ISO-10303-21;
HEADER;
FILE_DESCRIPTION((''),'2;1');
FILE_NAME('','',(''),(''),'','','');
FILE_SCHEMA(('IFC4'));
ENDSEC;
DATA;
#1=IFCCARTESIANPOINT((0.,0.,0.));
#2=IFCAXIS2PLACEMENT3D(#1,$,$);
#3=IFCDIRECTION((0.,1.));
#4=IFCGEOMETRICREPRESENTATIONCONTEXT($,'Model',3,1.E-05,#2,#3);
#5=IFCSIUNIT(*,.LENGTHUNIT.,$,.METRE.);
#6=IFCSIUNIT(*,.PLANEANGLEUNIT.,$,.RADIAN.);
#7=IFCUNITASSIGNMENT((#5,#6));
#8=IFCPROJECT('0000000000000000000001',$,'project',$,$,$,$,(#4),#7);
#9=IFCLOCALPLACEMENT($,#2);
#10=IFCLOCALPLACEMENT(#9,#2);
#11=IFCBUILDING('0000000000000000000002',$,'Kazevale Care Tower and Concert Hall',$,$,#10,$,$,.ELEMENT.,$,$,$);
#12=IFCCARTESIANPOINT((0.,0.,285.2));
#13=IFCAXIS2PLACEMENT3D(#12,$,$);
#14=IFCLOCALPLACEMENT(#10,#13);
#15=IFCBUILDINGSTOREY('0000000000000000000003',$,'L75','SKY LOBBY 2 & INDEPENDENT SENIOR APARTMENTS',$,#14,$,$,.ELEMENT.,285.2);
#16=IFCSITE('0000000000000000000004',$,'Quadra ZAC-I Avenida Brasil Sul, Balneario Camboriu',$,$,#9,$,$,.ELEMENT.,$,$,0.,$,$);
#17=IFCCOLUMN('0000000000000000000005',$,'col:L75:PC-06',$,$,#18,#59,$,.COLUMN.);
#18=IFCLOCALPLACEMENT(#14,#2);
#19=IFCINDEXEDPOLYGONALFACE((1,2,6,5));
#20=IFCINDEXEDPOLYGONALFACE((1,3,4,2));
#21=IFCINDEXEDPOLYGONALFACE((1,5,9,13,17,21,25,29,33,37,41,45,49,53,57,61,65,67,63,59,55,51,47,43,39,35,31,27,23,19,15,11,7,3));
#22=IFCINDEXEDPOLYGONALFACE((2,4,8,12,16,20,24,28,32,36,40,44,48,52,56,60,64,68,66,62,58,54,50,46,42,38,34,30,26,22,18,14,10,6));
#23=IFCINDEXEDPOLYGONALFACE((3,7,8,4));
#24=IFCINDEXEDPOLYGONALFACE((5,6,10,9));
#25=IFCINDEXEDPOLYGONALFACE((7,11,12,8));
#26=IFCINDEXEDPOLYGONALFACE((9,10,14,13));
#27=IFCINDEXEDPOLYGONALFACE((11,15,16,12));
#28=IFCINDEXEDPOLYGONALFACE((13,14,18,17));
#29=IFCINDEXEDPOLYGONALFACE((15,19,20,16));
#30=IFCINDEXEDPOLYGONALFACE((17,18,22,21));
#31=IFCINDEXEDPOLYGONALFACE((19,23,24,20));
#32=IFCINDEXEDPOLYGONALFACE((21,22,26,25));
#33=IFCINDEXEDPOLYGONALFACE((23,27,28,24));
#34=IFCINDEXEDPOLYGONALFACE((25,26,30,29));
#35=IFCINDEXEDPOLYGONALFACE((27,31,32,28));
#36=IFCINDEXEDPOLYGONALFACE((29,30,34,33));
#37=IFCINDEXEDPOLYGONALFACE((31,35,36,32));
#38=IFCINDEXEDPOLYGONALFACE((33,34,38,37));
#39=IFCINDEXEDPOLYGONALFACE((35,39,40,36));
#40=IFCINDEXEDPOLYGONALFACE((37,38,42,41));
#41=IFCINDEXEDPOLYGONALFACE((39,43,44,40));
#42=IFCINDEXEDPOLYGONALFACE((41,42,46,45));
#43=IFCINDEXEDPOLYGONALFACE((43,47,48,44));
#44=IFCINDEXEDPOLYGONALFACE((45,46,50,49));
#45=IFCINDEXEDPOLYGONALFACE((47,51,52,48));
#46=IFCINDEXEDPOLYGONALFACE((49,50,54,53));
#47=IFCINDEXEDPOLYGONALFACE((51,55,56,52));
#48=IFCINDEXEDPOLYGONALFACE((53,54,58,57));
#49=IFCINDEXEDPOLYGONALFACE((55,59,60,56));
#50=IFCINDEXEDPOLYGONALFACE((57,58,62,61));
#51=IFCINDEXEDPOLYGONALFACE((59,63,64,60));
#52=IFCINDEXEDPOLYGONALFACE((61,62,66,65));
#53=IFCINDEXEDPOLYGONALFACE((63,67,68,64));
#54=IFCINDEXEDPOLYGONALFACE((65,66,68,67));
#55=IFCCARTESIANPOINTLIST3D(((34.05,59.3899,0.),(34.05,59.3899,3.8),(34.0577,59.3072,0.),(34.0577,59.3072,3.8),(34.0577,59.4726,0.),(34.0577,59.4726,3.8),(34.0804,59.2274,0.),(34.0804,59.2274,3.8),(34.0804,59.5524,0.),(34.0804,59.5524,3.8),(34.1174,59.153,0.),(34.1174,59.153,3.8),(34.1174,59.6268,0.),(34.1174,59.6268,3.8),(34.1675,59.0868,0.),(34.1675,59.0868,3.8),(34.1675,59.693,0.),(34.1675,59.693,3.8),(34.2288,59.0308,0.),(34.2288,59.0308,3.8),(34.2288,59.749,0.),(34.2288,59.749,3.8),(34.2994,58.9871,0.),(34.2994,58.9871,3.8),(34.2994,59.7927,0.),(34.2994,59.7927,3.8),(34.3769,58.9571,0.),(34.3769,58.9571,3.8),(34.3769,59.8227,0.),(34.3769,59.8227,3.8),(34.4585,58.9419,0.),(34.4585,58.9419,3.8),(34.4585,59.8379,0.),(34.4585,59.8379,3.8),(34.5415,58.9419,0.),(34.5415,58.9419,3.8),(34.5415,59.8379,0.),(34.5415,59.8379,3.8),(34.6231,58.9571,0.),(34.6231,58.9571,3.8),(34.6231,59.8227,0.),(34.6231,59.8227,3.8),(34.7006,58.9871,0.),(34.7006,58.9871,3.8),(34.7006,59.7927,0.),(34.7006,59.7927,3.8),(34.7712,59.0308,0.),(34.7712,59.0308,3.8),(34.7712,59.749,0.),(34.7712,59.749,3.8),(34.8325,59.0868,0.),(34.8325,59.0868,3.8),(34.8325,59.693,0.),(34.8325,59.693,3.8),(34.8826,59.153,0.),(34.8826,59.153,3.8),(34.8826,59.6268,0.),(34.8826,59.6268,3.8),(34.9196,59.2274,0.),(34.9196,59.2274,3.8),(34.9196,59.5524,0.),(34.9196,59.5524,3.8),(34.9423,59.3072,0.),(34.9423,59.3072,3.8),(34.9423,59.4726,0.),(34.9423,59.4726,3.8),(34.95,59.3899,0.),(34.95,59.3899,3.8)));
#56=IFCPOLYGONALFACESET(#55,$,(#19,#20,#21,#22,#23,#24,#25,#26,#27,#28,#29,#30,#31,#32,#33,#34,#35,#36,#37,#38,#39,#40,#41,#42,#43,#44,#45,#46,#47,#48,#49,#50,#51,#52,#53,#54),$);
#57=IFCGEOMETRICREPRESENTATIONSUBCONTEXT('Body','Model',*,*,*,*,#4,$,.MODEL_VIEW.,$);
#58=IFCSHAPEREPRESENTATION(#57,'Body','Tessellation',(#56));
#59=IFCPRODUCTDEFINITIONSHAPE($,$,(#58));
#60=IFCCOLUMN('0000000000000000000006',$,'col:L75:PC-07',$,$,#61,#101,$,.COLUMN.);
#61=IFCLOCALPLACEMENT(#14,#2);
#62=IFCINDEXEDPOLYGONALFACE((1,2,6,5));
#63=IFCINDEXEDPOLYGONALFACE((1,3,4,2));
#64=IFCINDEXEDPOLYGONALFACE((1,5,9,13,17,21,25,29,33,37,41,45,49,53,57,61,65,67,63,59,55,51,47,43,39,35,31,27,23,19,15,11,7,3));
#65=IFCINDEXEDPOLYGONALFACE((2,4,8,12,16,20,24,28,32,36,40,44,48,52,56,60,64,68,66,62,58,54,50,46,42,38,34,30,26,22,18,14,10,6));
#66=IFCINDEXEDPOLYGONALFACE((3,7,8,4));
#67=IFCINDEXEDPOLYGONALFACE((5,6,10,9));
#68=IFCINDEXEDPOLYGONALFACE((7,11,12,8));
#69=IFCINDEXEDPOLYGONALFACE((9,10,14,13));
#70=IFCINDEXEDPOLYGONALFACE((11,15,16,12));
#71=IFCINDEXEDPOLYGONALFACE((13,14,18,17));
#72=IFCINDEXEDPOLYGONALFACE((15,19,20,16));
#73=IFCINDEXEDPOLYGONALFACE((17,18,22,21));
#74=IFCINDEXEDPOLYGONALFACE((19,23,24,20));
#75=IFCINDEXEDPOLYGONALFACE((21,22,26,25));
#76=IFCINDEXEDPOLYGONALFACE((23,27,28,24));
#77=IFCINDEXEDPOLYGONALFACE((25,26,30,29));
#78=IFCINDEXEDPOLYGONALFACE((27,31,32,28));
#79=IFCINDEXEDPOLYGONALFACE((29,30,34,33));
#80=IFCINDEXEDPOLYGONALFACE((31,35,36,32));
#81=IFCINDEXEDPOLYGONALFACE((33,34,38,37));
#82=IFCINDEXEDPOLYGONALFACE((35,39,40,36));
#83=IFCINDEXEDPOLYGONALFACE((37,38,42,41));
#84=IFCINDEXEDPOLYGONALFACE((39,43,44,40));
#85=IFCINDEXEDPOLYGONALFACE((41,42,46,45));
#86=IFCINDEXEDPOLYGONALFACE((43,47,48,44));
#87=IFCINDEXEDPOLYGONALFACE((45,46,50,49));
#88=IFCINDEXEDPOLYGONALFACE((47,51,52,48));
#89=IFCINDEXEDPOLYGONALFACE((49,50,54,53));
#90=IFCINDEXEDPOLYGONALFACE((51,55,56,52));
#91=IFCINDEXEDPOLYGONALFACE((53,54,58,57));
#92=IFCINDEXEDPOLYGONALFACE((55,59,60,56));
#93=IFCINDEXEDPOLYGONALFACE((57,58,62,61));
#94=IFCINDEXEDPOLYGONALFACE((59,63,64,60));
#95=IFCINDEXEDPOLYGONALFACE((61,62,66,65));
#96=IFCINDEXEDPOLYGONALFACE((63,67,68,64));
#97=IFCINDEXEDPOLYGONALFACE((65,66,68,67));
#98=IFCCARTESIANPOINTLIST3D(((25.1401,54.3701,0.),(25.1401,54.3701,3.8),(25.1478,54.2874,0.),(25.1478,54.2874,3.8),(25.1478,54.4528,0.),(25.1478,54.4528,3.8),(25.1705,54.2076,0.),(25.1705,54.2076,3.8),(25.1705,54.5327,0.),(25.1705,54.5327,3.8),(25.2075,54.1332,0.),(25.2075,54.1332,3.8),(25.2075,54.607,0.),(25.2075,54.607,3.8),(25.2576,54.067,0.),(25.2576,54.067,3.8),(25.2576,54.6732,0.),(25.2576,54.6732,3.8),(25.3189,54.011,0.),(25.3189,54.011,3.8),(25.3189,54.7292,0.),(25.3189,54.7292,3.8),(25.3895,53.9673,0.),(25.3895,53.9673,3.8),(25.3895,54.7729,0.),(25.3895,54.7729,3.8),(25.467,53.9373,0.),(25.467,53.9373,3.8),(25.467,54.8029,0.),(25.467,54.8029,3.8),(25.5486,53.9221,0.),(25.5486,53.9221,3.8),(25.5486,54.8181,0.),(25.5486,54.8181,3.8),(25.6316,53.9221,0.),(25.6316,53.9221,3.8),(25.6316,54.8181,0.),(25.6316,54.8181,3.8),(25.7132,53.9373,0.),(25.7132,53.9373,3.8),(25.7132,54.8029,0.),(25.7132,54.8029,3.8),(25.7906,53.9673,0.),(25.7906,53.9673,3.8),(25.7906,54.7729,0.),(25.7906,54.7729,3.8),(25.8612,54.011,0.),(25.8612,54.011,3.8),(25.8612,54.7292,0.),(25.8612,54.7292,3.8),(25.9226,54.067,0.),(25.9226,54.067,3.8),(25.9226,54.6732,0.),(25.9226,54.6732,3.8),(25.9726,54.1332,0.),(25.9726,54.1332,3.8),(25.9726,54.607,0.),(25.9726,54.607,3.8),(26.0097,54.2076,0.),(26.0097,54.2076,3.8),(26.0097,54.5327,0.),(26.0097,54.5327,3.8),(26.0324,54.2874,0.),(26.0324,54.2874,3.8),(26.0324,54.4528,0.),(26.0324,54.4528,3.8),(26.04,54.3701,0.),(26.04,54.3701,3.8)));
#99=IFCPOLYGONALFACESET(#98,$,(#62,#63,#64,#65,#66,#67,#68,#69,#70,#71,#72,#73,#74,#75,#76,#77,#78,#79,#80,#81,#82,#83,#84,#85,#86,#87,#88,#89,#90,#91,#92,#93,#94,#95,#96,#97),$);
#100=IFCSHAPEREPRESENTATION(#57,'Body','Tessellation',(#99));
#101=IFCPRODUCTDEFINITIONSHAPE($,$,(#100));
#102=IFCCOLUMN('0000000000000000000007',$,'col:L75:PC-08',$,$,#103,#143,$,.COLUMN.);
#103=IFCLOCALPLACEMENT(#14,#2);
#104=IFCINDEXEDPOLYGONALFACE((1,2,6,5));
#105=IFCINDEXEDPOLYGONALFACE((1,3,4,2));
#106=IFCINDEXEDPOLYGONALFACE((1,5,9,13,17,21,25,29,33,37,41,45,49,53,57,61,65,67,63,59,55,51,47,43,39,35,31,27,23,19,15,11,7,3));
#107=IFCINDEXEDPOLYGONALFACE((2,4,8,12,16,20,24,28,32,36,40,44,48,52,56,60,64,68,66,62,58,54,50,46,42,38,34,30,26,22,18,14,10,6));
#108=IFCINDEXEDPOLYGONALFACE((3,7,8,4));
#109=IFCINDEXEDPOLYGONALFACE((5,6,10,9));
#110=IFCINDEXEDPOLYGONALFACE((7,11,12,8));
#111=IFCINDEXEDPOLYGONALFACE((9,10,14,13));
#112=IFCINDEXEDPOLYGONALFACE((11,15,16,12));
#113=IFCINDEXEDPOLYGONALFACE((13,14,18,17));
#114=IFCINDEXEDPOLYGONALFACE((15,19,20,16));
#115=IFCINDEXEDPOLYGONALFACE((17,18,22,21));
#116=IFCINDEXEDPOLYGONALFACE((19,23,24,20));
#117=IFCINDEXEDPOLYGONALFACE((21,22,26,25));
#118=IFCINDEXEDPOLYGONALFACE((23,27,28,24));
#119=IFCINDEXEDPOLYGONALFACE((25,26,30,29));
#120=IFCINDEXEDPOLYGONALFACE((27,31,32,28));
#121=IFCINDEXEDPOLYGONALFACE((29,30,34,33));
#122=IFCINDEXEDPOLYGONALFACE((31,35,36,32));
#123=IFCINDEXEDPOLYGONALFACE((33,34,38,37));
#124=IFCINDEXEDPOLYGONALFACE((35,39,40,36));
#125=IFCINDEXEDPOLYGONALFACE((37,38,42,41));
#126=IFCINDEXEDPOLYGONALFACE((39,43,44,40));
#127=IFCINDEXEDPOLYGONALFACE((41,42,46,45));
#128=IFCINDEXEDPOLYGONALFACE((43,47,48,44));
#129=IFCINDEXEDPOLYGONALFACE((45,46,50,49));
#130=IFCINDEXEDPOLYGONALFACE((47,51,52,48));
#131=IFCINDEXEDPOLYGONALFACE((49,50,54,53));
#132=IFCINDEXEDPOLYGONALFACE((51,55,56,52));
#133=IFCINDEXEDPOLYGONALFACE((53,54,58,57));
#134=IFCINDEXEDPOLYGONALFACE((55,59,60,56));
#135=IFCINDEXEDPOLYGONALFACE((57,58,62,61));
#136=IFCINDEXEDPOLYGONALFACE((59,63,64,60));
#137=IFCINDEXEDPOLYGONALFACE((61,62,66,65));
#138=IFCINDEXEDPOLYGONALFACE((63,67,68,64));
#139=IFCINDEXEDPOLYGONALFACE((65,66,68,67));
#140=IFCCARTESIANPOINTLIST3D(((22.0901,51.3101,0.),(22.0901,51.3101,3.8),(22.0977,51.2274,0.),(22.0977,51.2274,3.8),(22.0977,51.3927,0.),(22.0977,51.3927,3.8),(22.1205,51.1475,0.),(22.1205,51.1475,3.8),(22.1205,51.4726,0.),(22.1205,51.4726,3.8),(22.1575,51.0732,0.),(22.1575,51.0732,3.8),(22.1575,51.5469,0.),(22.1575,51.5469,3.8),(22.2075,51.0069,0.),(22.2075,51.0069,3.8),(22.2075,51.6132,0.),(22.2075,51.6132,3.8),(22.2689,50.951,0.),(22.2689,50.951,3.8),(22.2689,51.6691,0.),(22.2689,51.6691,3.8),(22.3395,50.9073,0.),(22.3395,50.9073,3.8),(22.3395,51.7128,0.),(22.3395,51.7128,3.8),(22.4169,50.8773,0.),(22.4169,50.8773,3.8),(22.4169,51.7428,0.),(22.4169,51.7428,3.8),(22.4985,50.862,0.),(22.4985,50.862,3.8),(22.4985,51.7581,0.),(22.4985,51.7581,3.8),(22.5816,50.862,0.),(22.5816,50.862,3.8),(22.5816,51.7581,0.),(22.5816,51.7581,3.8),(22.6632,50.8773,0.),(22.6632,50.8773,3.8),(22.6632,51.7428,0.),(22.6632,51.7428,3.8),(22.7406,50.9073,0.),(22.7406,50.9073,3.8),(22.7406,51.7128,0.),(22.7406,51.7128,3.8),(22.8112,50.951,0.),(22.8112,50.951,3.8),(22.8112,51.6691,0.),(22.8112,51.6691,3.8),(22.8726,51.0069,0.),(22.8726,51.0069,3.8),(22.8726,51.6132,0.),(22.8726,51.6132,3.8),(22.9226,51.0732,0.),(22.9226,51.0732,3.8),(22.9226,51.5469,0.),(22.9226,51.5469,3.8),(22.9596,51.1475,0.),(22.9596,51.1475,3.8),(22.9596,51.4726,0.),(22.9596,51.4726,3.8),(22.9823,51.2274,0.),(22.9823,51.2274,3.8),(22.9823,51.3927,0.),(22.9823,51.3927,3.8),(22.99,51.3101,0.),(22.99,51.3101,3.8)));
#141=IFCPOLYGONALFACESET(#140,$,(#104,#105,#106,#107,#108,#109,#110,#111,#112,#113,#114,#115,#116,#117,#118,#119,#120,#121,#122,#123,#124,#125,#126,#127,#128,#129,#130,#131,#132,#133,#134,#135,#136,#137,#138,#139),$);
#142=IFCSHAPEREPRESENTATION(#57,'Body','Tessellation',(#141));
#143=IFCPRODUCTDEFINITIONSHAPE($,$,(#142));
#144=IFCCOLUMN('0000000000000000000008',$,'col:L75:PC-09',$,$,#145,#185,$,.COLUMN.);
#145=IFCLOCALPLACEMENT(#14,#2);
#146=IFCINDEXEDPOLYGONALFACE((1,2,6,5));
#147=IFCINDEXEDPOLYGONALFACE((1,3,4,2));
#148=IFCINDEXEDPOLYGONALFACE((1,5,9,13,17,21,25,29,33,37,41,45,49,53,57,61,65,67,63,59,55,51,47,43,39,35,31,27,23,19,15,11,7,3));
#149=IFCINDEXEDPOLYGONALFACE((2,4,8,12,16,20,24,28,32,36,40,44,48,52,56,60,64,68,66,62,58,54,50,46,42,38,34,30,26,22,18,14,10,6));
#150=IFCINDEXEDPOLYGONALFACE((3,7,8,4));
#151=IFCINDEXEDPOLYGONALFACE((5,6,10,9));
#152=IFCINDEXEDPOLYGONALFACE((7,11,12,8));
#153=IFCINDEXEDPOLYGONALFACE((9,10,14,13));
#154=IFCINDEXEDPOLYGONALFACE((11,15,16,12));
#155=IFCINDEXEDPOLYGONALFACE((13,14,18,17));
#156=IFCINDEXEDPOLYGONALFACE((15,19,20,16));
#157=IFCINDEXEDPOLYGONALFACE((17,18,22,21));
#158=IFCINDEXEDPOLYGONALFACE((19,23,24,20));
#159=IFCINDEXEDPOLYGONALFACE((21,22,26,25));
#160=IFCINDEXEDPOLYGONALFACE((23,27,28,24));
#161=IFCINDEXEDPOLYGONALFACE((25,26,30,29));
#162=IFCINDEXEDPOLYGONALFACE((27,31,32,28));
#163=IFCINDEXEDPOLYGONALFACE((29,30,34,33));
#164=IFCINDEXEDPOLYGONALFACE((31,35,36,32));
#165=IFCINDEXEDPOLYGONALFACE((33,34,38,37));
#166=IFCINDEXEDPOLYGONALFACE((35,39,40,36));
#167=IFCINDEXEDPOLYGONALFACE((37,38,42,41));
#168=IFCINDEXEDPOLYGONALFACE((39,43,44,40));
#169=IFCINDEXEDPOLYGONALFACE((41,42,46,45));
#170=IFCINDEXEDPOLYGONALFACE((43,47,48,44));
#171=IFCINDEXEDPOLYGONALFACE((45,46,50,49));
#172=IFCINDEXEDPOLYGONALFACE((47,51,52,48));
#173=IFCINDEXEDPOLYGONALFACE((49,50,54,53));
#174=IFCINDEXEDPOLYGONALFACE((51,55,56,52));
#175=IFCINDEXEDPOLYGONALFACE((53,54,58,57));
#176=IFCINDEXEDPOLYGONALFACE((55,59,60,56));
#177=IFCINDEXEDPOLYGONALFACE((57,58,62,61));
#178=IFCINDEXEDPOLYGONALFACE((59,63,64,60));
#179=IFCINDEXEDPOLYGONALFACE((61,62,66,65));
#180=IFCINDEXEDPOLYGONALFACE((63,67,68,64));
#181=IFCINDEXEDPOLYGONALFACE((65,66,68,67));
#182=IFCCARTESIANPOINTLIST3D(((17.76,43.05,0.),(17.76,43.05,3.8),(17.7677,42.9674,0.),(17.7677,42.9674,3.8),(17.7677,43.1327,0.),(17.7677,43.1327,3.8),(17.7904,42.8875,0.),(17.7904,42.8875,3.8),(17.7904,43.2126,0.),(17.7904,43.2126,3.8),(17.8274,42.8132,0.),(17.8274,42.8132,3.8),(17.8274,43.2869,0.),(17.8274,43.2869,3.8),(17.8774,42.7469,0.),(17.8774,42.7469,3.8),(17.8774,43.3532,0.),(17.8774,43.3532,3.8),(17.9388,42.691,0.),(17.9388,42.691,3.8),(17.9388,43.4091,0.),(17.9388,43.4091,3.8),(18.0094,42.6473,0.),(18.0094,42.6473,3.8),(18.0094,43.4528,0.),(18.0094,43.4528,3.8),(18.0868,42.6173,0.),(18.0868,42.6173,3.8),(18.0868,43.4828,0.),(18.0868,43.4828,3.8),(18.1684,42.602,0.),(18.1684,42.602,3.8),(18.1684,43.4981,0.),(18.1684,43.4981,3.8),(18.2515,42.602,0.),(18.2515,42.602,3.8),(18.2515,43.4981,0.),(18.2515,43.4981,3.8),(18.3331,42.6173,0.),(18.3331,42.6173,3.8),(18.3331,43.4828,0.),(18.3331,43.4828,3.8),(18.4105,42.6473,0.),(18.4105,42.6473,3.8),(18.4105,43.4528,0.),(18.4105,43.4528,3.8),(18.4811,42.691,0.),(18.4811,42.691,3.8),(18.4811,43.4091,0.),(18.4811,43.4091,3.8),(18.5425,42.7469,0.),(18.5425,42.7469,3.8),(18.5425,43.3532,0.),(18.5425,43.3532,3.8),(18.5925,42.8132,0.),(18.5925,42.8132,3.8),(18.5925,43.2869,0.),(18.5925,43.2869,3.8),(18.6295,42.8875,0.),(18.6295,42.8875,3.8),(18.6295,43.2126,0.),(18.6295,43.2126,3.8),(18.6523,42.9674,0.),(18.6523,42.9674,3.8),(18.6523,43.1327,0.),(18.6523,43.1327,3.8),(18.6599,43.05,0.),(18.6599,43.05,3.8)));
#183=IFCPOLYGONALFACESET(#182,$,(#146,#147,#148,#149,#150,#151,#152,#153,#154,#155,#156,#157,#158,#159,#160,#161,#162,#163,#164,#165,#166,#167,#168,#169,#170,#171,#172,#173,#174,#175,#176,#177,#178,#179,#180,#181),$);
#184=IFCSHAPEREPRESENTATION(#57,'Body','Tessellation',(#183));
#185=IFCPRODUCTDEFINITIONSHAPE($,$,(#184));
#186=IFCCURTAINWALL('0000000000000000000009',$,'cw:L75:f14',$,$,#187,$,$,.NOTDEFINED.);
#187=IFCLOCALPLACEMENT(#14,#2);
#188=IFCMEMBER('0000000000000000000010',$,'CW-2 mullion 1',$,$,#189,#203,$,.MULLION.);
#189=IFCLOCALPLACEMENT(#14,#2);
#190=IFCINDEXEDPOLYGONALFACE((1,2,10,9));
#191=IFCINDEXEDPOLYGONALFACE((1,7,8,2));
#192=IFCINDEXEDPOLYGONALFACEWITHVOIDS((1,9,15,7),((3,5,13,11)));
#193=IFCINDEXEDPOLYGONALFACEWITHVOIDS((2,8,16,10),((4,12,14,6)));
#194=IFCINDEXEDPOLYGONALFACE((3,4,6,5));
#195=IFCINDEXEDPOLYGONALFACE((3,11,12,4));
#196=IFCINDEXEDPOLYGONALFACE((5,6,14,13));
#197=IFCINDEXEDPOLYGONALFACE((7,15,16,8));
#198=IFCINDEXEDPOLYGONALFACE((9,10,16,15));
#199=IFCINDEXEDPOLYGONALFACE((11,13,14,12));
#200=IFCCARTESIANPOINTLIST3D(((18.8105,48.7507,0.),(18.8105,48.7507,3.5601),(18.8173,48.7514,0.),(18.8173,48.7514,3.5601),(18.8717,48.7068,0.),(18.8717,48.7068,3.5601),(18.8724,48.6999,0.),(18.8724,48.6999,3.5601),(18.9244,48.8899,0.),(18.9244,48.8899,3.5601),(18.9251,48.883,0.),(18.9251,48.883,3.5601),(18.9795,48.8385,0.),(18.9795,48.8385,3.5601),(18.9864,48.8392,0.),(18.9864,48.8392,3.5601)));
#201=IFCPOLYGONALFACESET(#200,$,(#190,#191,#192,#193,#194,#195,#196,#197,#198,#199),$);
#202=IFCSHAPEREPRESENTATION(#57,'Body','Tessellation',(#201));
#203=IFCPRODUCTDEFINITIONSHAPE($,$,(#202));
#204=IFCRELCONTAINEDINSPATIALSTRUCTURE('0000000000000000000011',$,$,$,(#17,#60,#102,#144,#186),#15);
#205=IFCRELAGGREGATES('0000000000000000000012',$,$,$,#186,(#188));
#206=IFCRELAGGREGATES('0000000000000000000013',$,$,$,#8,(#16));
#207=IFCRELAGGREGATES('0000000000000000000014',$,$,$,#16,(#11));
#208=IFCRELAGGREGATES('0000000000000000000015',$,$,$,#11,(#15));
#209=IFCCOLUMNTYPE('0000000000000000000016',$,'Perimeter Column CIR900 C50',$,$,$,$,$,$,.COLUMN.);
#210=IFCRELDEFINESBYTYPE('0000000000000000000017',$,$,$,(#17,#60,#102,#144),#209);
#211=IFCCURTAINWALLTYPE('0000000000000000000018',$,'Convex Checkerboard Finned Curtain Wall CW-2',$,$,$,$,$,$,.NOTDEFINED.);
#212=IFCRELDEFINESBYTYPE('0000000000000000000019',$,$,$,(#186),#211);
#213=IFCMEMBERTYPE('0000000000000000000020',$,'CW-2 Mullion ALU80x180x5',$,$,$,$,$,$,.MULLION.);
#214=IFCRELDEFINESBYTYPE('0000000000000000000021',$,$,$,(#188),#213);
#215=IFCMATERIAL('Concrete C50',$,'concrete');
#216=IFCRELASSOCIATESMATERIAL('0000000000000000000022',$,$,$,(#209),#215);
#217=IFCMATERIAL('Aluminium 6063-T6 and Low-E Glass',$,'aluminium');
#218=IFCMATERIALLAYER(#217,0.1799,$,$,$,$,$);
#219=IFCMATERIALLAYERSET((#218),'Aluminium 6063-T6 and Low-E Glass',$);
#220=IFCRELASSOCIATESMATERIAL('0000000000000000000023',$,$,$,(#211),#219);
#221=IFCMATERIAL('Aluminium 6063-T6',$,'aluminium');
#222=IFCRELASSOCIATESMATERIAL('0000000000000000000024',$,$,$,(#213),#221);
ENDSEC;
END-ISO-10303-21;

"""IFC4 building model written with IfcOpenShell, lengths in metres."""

from ifc_helpers import new_model, si_unit, direction, frame, origin, origin_2d, place, context, subcontext, project, spatial, hollow_rectangle, circle, extrude, material, layer, layer_set, material_profile, profile_set, type_object, element, aggregate, save


model = new_model("IFC4")

# Units and contexts
model_context = context("Model", 3, precision=1e-05, world=origin(), true_north=direction((0.0, 1.0)))
body_context = subcontext(model_context, "Body", "Model", "MODEL_VIEW")
ifc_project = project(units=[si_unit("LENGTHUNIT", "METRE"), si_unit("PLANEANGLEUNIT", "RADIAN")], contexts=[model_context])

# Site, building, storey
site_placement = place(None, origin())
site = spatial("IfcSite", under=ifc_project, at=site_placement, Name="Quadra ZAC-I Avenida Brasil Sul, Balneario Camboriu", CompositionType="ELEMENT", RefElevation=0.0)
building_placement = place(site_placement, origin())
building = spatial("IfcBuilding", under=site, at=building_placement, Name="Kazevale Care Tower and Concert Hall", CompositionType="ELEMENT")
storey_placement = place(building_placement, frame((0.0, 0.0, 285.2)))
storey = spatial("IfcBuildingStorey", under=building, at=storey_placement, Name="L75", Description="SKY LOBBY 2 & INDEPENDENT SENIOR APARTMENTS", CompositionType="ELEMENT", Elevation=285.2)

# Columns
ifc_material_1 = material(Name="Concrete C50", Category="concrete")
ifc_material_profile_1 = material_profile(ifc_material_1, circle(Radius=0.45, at=origin_2d()), Name="RC-CIR900")
ifc_profile_set_1 = profile_set([ifc_material_profile_1], Name="Concrete C50")
column_type = type_object("IfcColumnType", Name="Perimeter Column CIR900 C50", PredefinedType="COLUMN", material=ifc_profile_set_1)
for number, where, z_axis, x_axis, name in (
    (1, (34.5, 59.3899, 0.0), (0.0, 0.0, 1.0), (1.0, 0.0, 0.0), "col:L75:PC-06"),
    (2, (25.5901, 54.3701, 0.0), (0.0, 0.0, 1.0), (1.0, 0.0, 0.0), "col:L75:PC-07"),
    (3, (22.54, 51.3101, 0.0), (0.0, 0.0, 1.0), (1.0, 0.0, 0.0), "col:L75:PC-08"),
    (4, (18.21, 43.05, 0.0), (0.0, 0.0, 1.0), (1.0, 0.0, 0.0), "col:L75:PC-09"),
):
    element("IfcColumn", number, at=place(storey_placement, frame(where, z_axis=z_axis, x_axis=x_axis)), inside=storey, type_object=column_type, Name=name, PredefinedType="COLUMN", context=body_context, shape_type="SweptSolid", body=[
        extrude(circle(Radius=0.45, at=origin_2d()), origin(), (0.0, 0.0, 1.0), 3.8),
    ])

# Curtain wall, member
ifc_material_2 = material(Name="Aluminium 6063-T6 and Low-E Glass", Category="aluminium")
ifc_layer_1 = layer(ifc_material_2, 0.1799)
ifc_layer_set_1 = layer_set([ifc_layer_1], Name="Aluminium 6063-T6 and Low-E Glass")
curtain_wall_type_1 = type_object("IfcCurtainWallType", Name="Convex Checkerboard Finned Curtain Wall CW-2", PredefinedType="NOTDEFINED", material=ifc_layer_set_1)
curtain_wall_1_placement = place(storey_placement, origin())
curtain_wall_1 = element("IfcCurtainWall", 5, at=curtain_wall_1_placement, inside=storey, type_object=curtain_wall_type_1, Name="cw:L75:f14", PredefinedType="NOTDEFINED")
ifc_material_3 = material(Name="Aluminium 6063-T6", Category="aluminium")
ifc_material_profile_2 = material_profile(ifc_material_3, hollow_rectangle(XDim=0.0801, YDim=0.1799, WallThickness=0.0049, at=origin_2d()), Name="ALU80x180x5")
ifc_profile_set_2 = profile_set([ifc_material_profile_2], Name="Aluminium 6063-T6")
member_type_1 = type_object("IfcMemberType", Name="CW-2 Mullion ALU80x180x5", PredefinedType="MULLION", material=ifc_profile_set_2)
member_1_placement = place(storey_placement, frame((18.8984, 48.7949, 0.0), z_axis=(0.0, 0.0, 1.0), x_axis=(-0.773803, 0.633426, 0.0)))
member_1 = element("IfcMember", 6, at=member_1_placement, type_object=member_type_1, Name="CW-2 mullion 1", PredefinedType="MULLION", context=body_context, shape_type="SweptSolid", body=[
    extrude(hollow_rectangle(XDim=0.0801, YDim=0.1799, WallThickness=0.0049, at=origin_2d()), origin(), (0.0, 0.0, 1.0), 3.5601),
])

aggregate(curtain_wall_1, [member_1])

save(model, "model.ifc")
